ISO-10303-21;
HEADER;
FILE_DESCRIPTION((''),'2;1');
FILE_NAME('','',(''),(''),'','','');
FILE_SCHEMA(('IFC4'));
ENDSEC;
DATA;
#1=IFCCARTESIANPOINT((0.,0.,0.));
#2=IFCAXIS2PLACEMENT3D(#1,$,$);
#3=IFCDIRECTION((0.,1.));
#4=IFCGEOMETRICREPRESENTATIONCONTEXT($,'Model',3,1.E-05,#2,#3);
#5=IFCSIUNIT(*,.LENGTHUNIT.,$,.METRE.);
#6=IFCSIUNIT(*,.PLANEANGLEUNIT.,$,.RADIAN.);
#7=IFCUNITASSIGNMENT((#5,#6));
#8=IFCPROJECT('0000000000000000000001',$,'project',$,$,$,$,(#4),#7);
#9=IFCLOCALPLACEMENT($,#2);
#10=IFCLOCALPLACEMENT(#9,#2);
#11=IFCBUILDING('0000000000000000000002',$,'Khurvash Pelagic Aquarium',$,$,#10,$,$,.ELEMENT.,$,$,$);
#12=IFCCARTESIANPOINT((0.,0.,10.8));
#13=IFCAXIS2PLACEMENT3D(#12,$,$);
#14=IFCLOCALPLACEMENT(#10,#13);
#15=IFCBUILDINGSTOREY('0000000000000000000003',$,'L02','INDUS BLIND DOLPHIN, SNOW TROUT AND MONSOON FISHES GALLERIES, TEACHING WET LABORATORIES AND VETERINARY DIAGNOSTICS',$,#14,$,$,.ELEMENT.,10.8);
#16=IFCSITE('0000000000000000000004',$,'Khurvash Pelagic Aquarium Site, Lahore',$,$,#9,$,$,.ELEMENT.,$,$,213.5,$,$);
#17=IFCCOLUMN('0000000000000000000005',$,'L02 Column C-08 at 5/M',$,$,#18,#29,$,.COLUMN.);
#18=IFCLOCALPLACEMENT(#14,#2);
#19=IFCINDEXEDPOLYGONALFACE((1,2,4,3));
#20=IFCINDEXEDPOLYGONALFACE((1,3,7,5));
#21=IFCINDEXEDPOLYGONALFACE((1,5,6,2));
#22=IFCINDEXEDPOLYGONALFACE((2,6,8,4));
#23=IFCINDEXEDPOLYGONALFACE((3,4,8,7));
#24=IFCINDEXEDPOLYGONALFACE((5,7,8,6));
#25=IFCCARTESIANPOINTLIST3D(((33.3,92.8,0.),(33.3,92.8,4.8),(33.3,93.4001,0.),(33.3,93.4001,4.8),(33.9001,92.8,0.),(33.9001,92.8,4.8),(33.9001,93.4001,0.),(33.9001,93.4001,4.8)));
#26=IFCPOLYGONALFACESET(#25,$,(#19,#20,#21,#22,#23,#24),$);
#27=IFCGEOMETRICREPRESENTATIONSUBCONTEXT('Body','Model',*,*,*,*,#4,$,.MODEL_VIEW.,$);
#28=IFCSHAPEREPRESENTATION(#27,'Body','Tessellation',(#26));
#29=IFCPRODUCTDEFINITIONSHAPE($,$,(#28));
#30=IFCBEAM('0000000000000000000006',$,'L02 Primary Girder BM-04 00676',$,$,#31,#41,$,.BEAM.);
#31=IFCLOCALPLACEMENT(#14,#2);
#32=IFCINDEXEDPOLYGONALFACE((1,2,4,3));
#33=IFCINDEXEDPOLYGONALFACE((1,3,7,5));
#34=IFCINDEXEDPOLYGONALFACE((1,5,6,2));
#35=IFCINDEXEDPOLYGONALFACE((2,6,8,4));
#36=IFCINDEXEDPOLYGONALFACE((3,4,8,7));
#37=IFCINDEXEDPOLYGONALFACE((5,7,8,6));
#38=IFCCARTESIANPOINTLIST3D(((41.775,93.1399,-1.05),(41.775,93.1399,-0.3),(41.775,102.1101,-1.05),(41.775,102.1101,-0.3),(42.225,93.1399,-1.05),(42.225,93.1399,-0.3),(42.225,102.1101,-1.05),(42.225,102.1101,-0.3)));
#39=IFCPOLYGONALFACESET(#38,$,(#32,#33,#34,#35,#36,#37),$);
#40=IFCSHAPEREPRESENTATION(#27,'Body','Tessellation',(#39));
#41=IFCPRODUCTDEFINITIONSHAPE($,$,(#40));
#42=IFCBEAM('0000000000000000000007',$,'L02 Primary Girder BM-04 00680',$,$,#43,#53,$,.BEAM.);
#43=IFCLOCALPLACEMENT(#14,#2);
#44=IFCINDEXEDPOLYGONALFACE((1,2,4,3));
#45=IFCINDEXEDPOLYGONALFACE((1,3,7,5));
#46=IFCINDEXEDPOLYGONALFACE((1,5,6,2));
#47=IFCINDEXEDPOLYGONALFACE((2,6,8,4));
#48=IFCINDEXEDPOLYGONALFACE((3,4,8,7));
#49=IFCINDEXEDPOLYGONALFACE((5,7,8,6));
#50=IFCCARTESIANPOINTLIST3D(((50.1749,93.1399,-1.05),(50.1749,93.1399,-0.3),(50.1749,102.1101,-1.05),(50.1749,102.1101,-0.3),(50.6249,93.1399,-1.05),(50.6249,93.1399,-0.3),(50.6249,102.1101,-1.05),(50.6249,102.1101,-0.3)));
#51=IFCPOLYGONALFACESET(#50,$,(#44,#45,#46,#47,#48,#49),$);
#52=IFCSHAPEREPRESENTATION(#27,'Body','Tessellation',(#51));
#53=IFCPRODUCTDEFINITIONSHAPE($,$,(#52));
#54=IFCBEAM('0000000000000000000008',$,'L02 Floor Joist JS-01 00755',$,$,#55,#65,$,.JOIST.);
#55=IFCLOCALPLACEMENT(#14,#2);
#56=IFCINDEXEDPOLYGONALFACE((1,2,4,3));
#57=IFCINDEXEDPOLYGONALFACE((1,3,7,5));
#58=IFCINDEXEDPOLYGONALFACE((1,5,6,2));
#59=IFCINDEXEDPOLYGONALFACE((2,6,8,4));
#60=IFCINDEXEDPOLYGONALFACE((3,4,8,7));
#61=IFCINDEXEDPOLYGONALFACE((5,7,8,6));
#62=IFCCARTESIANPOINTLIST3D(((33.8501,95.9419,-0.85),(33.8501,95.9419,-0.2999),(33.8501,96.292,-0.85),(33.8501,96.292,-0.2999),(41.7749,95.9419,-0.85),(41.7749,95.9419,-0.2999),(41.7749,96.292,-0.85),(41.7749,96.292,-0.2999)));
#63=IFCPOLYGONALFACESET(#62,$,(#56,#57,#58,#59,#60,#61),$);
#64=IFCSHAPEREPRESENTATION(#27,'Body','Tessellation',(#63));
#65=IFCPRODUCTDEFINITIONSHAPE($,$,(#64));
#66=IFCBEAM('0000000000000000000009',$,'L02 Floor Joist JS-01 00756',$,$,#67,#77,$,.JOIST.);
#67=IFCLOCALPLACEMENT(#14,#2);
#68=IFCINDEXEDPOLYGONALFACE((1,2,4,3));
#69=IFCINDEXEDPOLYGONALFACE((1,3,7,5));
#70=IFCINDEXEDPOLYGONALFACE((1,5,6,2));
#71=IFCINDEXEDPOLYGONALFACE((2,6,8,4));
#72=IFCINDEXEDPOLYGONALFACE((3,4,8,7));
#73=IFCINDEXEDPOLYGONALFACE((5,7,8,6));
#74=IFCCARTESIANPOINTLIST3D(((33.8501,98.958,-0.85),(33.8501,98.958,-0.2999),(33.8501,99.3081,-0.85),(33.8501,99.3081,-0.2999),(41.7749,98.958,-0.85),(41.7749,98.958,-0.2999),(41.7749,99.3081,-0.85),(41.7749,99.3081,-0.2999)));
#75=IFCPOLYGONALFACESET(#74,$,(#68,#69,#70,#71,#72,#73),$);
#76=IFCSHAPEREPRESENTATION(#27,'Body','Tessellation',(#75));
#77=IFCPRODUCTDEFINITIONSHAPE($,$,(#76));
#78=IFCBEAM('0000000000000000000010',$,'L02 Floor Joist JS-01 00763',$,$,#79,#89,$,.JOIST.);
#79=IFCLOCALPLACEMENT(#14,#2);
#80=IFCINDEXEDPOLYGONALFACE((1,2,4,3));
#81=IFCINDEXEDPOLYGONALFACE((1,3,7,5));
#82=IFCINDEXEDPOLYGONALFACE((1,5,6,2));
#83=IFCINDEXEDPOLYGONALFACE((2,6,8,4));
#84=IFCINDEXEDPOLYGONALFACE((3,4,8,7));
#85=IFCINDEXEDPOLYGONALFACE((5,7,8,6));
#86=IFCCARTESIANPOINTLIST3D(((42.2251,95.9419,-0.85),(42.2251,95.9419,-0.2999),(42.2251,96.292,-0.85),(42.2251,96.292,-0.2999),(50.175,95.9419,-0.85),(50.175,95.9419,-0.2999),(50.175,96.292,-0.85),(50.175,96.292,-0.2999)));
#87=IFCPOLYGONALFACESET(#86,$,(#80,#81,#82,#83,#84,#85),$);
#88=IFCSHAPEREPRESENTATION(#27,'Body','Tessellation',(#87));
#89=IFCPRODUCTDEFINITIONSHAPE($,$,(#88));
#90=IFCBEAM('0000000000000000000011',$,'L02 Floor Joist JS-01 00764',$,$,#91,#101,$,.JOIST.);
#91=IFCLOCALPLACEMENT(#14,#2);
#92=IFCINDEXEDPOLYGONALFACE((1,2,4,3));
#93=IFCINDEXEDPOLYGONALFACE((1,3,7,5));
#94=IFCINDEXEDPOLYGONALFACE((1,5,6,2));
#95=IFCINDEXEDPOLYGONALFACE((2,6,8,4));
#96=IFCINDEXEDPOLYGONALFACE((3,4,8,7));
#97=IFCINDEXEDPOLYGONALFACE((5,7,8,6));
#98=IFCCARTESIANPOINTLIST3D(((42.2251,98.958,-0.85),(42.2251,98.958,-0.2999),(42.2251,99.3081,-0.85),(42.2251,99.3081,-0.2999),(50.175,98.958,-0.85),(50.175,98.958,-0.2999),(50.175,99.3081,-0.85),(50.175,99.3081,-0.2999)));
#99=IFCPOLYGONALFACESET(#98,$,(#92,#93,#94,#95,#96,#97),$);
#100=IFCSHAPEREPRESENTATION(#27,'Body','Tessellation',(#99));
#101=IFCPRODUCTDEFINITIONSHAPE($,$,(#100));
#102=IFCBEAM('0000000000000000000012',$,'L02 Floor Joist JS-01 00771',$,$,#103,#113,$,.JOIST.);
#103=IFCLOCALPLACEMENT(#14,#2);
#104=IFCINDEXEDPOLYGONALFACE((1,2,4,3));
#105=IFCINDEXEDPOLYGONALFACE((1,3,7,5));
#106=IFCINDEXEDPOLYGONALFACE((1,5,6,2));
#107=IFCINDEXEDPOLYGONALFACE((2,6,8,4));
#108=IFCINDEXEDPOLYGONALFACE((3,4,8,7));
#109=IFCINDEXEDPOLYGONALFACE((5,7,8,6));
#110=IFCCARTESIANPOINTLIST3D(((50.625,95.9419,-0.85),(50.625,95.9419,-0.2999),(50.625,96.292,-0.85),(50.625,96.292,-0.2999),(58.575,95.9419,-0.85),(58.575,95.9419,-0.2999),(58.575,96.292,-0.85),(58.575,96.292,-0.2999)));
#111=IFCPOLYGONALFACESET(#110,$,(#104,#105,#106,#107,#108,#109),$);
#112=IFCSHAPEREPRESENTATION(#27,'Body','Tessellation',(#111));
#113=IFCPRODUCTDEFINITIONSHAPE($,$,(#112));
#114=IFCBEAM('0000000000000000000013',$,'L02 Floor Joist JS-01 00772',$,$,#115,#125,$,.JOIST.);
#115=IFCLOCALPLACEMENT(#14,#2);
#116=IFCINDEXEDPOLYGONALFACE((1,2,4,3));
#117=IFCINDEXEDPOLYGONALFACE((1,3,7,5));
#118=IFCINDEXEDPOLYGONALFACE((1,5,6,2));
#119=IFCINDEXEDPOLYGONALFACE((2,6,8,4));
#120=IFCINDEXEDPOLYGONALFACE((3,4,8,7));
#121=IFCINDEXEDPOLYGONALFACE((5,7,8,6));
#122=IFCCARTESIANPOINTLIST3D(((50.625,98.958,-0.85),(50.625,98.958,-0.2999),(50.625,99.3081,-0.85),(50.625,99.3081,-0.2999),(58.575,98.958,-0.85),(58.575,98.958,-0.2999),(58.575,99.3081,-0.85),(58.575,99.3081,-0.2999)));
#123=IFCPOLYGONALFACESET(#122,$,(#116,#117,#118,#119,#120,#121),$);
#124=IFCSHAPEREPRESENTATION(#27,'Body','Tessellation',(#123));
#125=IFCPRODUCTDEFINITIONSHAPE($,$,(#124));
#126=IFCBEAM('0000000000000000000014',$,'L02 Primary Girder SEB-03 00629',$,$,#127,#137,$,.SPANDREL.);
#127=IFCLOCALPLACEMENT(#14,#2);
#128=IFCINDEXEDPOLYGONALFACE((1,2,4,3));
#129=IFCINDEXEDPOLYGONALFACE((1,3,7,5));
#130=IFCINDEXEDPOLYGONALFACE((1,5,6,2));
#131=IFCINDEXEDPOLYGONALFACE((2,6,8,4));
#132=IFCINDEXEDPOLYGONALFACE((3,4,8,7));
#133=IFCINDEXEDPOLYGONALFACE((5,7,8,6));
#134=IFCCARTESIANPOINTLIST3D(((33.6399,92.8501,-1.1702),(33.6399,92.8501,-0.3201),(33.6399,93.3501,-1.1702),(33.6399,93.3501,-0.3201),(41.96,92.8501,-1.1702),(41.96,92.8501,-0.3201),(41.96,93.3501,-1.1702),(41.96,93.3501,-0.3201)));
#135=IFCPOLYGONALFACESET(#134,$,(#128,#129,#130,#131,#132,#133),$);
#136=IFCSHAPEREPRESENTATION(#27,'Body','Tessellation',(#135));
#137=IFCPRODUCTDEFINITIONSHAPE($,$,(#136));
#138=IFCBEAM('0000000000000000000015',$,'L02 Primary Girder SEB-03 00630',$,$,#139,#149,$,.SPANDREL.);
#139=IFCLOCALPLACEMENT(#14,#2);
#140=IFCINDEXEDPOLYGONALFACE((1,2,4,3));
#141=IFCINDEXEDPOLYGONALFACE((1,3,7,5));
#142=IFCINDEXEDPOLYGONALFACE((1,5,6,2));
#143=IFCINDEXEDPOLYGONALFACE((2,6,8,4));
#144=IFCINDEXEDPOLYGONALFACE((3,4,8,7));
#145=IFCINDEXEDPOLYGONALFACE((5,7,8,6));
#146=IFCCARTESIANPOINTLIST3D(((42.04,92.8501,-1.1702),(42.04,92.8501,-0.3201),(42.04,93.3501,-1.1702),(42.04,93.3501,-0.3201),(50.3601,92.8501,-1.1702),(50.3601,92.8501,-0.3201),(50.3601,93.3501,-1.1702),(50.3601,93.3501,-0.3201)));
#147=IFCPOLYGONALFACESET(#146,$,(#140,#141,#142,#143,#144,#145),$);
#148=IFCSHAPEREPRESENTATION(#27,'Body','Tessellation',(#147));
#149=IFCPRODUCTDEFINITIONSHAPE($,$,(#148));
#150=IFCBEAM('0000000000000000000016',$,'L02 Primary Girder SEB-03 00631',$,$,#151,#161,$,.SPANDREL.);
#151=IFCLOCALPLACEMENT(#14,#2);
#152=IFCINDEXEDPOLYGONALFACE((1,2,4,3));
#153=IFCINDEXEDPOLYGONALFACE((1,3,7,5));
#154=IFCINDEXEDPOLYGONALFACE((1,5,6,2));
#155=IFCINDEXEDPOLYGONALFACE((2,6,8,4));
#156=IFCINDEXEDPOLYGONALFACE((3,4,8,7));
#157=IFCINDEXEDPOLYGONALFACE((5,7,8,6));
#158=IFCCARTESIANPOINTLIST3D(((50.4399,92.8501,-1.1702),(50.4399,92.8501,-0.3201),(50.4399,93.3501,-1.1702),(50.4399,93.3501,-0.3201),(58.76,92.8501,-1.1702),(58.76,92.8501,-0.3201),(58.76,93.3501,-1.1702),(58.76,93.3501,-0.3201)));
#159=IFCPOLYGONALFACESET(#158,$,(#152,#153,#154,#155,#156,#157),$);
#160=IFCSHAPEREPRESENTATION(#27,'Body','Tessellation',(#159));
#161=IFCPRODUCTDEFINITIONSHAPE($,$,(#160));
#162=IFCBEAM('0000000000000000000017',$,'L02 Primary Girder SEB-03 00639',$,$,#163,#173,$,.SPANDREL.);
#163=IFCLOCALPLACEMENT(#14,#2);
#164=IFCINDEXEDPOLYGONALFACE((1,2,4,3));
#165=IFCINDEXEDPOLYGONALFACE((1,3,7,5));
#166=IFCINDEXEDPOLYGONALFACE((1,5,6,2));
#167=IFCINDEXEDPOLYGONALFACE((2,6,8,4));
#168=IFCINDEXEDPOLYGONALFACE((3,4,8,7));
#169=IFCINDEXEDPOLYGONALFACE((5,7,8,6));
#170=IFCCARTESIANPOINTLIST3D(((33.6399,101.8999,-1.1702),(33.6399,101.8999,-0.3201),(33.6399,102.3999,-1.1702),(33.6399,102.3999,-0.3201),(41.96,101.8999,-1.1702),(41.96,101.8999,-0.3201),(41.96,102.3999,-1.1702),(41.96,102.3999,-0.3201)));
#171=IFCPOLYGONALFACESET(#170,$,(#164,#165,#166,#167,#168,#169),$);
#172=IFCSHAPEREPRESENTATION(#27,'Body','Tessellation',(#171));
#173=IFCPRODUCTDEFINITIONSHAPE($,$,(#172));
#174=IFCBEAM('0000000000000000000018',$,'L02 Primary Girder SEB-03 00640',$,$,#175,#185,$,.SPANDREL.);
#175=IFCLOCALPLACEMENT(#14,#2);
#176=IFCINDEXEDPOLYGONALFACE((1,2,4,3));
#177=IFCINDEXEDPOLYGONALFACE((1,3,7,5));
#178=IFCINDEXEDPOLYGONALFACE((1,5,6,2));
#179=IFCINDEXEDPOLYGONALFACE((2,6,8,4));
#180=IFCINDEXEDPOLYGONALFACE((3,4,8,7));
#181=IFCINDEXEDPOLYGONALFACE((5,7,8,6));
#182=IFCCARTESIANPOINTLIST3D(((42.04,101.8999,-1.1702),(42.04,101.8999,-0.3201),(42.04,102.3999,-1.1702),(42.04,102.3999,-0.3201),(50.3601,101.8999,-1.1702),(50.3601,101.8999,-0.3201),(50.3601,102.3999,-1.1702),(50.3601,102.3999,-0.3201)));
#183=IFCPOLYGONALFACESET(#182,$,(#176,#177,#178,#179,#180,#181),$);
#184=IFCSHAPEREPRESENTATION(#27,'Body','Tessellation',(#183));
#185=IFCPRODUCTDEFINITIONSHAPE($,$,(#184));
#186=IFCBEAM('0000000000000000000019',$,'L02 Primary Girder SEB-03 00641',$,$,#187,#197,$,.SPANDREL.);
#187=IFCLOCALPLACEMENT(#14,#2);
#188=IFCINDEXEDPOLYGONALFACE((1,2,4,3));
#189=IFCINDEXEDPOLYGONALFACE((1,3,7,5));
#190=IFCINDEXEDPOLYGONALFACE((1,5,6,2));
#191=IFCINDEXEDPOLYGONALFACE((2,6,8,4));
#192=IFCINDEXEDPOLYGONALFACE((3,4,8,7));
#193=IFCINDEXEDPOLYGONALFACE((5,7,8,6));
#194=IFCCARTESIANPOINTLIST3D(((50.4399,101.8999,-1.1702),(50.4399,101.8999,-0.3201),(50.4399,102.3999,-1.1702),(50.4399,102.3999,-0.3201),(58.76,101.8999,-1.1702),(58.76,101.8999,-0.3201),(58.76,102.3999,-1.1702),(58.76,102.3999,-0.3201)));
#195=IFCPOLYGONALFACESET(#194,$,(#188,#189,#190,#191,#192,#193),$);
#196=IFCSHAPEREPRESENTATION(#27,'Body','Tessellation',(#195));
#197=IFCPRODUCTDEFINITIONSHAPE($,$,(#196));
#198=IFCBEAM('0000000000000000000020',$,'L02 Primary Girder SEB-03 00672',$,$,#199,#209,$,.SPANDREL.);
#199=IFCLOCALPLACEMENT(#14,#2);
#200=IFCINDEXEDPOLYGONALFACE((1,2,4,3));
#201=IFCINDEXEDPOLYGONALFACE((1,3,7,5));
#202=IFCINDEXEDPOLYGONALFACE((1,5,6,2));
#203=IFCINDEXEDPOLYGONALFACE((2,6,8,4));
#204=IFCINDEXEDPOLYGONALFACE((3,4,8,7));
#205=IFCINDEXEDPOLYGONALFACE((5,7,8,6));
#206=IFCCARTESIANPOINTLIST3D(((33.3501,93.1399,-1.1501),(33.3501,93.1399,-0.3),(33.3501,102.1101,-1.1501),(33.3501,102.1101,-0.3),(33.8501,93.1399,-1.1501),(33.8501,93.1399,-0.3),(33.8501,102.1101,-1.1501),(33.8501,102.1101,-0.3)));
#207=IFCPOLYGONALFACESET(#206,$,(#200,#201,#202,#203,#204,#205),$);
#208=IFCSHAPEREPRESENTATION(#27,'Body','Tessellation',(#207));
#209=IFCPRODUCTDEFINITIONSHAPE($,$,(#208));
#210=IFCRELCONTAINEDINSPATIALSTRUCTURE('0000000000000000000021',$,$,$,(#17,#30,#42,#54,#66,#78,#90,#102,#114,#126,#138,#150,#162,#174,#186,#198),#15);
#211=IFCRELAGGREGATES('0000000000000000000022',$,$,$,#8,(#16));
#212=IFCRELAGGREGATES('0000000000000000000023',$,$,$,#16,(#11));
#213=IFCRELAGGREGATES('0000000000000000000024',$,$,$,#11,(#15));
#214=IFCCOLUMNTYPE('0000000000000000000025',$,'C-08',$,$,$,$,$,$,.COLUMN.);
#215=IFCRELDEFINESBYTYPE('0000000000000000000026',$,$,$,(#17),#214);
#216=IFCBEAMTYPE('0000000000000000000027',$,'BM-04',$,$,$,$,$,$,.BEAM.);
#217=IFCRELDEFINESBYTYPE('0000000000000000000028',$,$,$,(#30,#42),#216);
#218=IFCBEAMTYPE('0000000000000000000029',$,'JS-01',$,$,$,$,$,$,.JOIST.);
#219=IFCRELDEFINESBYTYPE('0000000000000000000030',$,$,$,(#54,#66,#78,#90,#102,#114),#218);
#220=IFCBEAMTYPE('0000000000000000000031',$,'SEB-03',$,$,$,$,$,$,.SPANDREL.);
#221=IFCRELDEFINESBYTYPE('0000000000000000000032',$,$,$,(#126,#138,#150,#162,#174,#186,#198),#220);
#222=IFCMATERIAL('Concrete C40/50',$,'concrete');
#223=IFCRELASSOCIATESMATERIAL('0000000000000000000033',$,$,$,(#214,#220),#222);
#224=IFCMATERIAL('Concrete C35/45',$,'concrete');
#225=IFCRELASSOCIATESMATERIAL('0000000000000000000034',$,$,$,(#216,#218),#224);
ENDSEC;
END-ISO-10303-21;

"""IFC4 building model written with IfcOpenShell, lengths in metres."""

from ifc_helpers import new_model, si_unit, direction, frame, origin, origin_2d, place, context, subcontext, project, spatial, rectangle, extrude, material, material_profile, profile_set, type_object, element, save


model = new_model("IFC4")

# Units and contexts
model_context = context("Model", 3, precision=1e-05, world=origin(), true_north=direction((0.0, 1.0)))
body_context = subcontext(model_context, "Body", "Model", "MODEL_VIEW")
ifc_project = project(units=[si_unit("LENGTHUNIT", "METRE"), si_unit("PLANEANGLEUNIT", "RADIAN")], contexts=[model_context])

# Site, building, storey
site_placement = place(None, origin())
site = spatial("IfcSite", under=ifc_project, at=site_placement, Name="Khurvash Pelagic Aquarium Site, Lahore", CompositionType="ELEMENT", RefElevation=213.5)
building_placement = place(site_placement, origin())
building = spatial("IfcBuilding", under=site, at=building_placement, Name="Khurvash Pelagic Aquarium", CompositionType="ELEMENT")
storey_placement = place(building_placement, frame((0.0, 0.0, 10.8)))
storey = spatial("IfcBuildingStorey", under=building, at=storey_placement, Name="L02", Description="INDUS BLIND DOLPHIN, SNOW TROUT AND MONSOON FISHES GALLERIES, TEACHING WET LABORATORIES AND VETERINARY DIAGNOSTICS", CompositionType="ELEMENT", Elevation=10.8)

# Column
ifc_material_1 = material(Name="Concrete C40/50", Category="concrete")
ifc_material_profile_1 = material_profile(ifc_material_1, rectangle(XDim=0.6001, YDim=0.6001, at=origin_2d()), Name="RC600X600")
ifc_profile_set_1 = profile_set([ifc_material_profile_1], Name="Concrete C40/50")
column_type = type_object("IfcColumnType", Name="C-08", PredefinedType="COLUMN", material=ifc_profile_set_1)
column_placement = place(storey_placement, frame((33.6001, 93.1001, 0.0), z_axis=(0.0, 0.0, 1.0), x_axis=(1.0, 0.0, 0.0)))
element("IfcColumn", 1, at=column_placement, inside=storey, type_object=column_type, Name="L02 Column C-08 at 5/M", PredefinedType="COLUMN", context=body_context, shape_type="SweptSolid", body=[
    extrude(rectangle(XDim=0.6001, YDim=0.6001, at=origin_2d()), origin(), (0.0, 0.0, 1.0), 4.8),
])

# Beams
ifc_material_2 = material(Name="Concrete C35/45", Category="concrete")
ifc_material_profile_2 = material_profile(ifc_material_2, rectangle(XDim=0.45, YDim=0.75, at=origin_2d()), Name="RC450X750")
ifc_profile_set_2 = profile_set([ifc_material_profile_2], Name="Concrete C35/45")
beam_type_1 = type_object("IfcBeamType", Name="BM-04", PredefinedType="BEAM", material=ifc_profile_set_2)
for number, where, z_axis, x_axis, name in (
    (2, (42.0, 93.1399, -0.675), (0.0, 1.0, 0.0), (-1.0, 0.0, 0.0), "L02 Primary Girder BM-04 00676"),
    (3, (50.3999, 93.1399, -0.675), (0.0, 1.0, 0.0), (-1.0, 0.0, 0.0), "L02 Primary Girder BM-04 00680"),
):
    element("IfcBeam", number, at=place(storey_placement, frame(where, z_axis=z_axis, x_axis=x_axis)), inside=storey, type_object=beam_type_1, Name=name, PredefinedType="BEAM", context=body_context, shape_type="SweptSolid", body=[
        extrude(rectangle(XDim=0.45, YDim=0.75, at=origin_2d()), origin(), (0.0, 0.0, 1.0), 8.9702),
    ])
ifc_material_profile_3 = material_profile(ifc_material_2, rectangle(XDim=0.3501, YDim=0.55, at=origin_2d()), Name="RC350X550")
ifc_profile_set_3 = profile_set([ifc_material_profile_3], Name="Concrete C35/45")
beam_type_2 = type_object("IfcBeamType", Name="JS-01", PredefinedType="JOIST", material=ifc_profile_set_3)
for number, where, z_axis, x_axis, name in (
    (4, (33.8501, 96.1169, -0.575), (1.0, 0.0, 0.0), (0.0, 1.0, 0.0), "L02 Floor Joist JS-01 00755"),
    (5, (33.8501, 99.1331, -0.575), (1.0, 0.0, 0.0), (0.0, 1.0, 0.0), "L02 Floor Joist JS-01 00756"),
):
    element("IfcBeam", number, at=place(storey_placement, frame(where, z_axis=z_axis, x_axis=x_axis)), inside=storey, type_object=beam_type_2, Name=name, PredefinedType="JOIST", context=body_context, shape_type="SweptSolid", body=[
        extrude(rectangle(XDim=0.3501, YDim=0.55, at=origin_2d()), origin(), (0.0, 0.0, 1.0), 7.9248),
    ])
for number, where, z_axis, x_axis, name in (
    (6, (42.2251, 96.1169, -0.575), (1.0, 0.0, 0.0), (0.0, 1.0, 0.0), "L02 Floor Joist JS-01 00763"),
    (7, (42.2251, 99.1331, -0.575), (1.0, 0.0, 0.0), (0.0, 1.0, 0.0), "L02 Floor Joist JS-01 00764"),
    (8, (50.625, 96.1169, -0.575), (1.0, 0.0, 0.0), (0.0, 1.0, 0.0), "L02 Floor Joist JS-01 00771"),
    (9, (50.625, 99.1331, -0.575), (1.0, 0.0, 0.0), (0.0, 1.0, 0.0), "L02 Floor Joist JS-01 00772"),
):
    element("IfcBeam", number, at=place(storey_placement, frame(where, z_axis=z_axis, x_axis=x_axis)), inside=storey, type_object=beam_type_2, Name=name, PredefinedType="JOIST", context=body_context, shape_type="SweptSolid", body=[
        extrude(rectangle(XDim=0.3501, YDim=0.55, at=origin_2d()), origin(), (0.0, 0.0, 1.0), 7.95),
    ])
ifc_material_profile_4 = material_profile(ifc_material_1, rectangle(XDim=0.5, YDim=0.8501, at=origin_2d()), Name="RC500X850")
ifc_profile_set_4 = profile_set([ifc_material_profile_4], Name="Concrete C40/50")
beam_type_3 = type_object("IfcBeamType", Name="SEB-03", PredefinedType="SPANDREL", material=ifc_profile_set_4)
for number, where, z_axis, x_axis, name in (
    (10, (33.6399, 93.1001, -0.7451), (1.0, 0.0, 0.0), (0.0, 1.0, 0.0), "L02 Primary Girder SEB-03 00629"),
    (11, (42.04, 93.1001, -0.7451), (1.0, 0.0, 0.0), (0.0, 1.0, 0.0), "L02 Primary Girder SEB-03 00630"),
    (12, (50.4399, 93.1001, -0.7451), (1.0, 0.0, 0.0), (0.0, 1.0, 0.0), "L02 Primary Girder SEB-03 00631"),
    (13, (33.6399, 102.1499, -0.7451), (1.0, 0.0, 0.0), (0.0, 1.0, 0.0), "L02 Primary Girder SEB-03 00639"),
    (14, (42.04, 102.1499, -0.7451), (1.0, 0.0, 0.0), (0.0, 1.0, 0.0), "L02 Primary Girder SEB-03 00640"),
    (15, (50.4399, 102.1499, -0.7451), (1.0, 0.0, 0.0), (0.0, 1.0, 0.0), "L02 Primary Girder SEB-03 00641"),
):
    element("IfcBeam", number, at=place(storey_placement, frame(where, z_axis=z_axis, x_axis=x_axis)), inside=storey, type_object=beam_type_3, Name=name, PredefinedType="SPANDREL", context=body_context, shape_type="SweptSolid", body=[
        extrude(rectangle(XDim=0.5, YDim=0.8501, at=origin_2d()), origin(), (0.0, 0.0, 1.0), 8.3201),
    ])
beam_placement = place(storey_placement, frame((33.6001, 93.1399, -0.7251), z_axis=(0.0, 1.0, 0.0), x_axis=(-1.0, 0.0, 0.0)))
element("IfcBeam", 16, at=beam_placement, inside=storey, type_object=beam_type_3, Name="L02 Primary Girder SEB-03 00672", PredefinedType="SPANDREL", context=body_context, shape_type="SweptSolid", body=[
    extrude(rectangle(XDim=0.5, YDim=0.8501, at=origin_2d()), origin(), (0.0, 0.0, 1.0), 8.9702),
])

save(model, "model.ifc")
